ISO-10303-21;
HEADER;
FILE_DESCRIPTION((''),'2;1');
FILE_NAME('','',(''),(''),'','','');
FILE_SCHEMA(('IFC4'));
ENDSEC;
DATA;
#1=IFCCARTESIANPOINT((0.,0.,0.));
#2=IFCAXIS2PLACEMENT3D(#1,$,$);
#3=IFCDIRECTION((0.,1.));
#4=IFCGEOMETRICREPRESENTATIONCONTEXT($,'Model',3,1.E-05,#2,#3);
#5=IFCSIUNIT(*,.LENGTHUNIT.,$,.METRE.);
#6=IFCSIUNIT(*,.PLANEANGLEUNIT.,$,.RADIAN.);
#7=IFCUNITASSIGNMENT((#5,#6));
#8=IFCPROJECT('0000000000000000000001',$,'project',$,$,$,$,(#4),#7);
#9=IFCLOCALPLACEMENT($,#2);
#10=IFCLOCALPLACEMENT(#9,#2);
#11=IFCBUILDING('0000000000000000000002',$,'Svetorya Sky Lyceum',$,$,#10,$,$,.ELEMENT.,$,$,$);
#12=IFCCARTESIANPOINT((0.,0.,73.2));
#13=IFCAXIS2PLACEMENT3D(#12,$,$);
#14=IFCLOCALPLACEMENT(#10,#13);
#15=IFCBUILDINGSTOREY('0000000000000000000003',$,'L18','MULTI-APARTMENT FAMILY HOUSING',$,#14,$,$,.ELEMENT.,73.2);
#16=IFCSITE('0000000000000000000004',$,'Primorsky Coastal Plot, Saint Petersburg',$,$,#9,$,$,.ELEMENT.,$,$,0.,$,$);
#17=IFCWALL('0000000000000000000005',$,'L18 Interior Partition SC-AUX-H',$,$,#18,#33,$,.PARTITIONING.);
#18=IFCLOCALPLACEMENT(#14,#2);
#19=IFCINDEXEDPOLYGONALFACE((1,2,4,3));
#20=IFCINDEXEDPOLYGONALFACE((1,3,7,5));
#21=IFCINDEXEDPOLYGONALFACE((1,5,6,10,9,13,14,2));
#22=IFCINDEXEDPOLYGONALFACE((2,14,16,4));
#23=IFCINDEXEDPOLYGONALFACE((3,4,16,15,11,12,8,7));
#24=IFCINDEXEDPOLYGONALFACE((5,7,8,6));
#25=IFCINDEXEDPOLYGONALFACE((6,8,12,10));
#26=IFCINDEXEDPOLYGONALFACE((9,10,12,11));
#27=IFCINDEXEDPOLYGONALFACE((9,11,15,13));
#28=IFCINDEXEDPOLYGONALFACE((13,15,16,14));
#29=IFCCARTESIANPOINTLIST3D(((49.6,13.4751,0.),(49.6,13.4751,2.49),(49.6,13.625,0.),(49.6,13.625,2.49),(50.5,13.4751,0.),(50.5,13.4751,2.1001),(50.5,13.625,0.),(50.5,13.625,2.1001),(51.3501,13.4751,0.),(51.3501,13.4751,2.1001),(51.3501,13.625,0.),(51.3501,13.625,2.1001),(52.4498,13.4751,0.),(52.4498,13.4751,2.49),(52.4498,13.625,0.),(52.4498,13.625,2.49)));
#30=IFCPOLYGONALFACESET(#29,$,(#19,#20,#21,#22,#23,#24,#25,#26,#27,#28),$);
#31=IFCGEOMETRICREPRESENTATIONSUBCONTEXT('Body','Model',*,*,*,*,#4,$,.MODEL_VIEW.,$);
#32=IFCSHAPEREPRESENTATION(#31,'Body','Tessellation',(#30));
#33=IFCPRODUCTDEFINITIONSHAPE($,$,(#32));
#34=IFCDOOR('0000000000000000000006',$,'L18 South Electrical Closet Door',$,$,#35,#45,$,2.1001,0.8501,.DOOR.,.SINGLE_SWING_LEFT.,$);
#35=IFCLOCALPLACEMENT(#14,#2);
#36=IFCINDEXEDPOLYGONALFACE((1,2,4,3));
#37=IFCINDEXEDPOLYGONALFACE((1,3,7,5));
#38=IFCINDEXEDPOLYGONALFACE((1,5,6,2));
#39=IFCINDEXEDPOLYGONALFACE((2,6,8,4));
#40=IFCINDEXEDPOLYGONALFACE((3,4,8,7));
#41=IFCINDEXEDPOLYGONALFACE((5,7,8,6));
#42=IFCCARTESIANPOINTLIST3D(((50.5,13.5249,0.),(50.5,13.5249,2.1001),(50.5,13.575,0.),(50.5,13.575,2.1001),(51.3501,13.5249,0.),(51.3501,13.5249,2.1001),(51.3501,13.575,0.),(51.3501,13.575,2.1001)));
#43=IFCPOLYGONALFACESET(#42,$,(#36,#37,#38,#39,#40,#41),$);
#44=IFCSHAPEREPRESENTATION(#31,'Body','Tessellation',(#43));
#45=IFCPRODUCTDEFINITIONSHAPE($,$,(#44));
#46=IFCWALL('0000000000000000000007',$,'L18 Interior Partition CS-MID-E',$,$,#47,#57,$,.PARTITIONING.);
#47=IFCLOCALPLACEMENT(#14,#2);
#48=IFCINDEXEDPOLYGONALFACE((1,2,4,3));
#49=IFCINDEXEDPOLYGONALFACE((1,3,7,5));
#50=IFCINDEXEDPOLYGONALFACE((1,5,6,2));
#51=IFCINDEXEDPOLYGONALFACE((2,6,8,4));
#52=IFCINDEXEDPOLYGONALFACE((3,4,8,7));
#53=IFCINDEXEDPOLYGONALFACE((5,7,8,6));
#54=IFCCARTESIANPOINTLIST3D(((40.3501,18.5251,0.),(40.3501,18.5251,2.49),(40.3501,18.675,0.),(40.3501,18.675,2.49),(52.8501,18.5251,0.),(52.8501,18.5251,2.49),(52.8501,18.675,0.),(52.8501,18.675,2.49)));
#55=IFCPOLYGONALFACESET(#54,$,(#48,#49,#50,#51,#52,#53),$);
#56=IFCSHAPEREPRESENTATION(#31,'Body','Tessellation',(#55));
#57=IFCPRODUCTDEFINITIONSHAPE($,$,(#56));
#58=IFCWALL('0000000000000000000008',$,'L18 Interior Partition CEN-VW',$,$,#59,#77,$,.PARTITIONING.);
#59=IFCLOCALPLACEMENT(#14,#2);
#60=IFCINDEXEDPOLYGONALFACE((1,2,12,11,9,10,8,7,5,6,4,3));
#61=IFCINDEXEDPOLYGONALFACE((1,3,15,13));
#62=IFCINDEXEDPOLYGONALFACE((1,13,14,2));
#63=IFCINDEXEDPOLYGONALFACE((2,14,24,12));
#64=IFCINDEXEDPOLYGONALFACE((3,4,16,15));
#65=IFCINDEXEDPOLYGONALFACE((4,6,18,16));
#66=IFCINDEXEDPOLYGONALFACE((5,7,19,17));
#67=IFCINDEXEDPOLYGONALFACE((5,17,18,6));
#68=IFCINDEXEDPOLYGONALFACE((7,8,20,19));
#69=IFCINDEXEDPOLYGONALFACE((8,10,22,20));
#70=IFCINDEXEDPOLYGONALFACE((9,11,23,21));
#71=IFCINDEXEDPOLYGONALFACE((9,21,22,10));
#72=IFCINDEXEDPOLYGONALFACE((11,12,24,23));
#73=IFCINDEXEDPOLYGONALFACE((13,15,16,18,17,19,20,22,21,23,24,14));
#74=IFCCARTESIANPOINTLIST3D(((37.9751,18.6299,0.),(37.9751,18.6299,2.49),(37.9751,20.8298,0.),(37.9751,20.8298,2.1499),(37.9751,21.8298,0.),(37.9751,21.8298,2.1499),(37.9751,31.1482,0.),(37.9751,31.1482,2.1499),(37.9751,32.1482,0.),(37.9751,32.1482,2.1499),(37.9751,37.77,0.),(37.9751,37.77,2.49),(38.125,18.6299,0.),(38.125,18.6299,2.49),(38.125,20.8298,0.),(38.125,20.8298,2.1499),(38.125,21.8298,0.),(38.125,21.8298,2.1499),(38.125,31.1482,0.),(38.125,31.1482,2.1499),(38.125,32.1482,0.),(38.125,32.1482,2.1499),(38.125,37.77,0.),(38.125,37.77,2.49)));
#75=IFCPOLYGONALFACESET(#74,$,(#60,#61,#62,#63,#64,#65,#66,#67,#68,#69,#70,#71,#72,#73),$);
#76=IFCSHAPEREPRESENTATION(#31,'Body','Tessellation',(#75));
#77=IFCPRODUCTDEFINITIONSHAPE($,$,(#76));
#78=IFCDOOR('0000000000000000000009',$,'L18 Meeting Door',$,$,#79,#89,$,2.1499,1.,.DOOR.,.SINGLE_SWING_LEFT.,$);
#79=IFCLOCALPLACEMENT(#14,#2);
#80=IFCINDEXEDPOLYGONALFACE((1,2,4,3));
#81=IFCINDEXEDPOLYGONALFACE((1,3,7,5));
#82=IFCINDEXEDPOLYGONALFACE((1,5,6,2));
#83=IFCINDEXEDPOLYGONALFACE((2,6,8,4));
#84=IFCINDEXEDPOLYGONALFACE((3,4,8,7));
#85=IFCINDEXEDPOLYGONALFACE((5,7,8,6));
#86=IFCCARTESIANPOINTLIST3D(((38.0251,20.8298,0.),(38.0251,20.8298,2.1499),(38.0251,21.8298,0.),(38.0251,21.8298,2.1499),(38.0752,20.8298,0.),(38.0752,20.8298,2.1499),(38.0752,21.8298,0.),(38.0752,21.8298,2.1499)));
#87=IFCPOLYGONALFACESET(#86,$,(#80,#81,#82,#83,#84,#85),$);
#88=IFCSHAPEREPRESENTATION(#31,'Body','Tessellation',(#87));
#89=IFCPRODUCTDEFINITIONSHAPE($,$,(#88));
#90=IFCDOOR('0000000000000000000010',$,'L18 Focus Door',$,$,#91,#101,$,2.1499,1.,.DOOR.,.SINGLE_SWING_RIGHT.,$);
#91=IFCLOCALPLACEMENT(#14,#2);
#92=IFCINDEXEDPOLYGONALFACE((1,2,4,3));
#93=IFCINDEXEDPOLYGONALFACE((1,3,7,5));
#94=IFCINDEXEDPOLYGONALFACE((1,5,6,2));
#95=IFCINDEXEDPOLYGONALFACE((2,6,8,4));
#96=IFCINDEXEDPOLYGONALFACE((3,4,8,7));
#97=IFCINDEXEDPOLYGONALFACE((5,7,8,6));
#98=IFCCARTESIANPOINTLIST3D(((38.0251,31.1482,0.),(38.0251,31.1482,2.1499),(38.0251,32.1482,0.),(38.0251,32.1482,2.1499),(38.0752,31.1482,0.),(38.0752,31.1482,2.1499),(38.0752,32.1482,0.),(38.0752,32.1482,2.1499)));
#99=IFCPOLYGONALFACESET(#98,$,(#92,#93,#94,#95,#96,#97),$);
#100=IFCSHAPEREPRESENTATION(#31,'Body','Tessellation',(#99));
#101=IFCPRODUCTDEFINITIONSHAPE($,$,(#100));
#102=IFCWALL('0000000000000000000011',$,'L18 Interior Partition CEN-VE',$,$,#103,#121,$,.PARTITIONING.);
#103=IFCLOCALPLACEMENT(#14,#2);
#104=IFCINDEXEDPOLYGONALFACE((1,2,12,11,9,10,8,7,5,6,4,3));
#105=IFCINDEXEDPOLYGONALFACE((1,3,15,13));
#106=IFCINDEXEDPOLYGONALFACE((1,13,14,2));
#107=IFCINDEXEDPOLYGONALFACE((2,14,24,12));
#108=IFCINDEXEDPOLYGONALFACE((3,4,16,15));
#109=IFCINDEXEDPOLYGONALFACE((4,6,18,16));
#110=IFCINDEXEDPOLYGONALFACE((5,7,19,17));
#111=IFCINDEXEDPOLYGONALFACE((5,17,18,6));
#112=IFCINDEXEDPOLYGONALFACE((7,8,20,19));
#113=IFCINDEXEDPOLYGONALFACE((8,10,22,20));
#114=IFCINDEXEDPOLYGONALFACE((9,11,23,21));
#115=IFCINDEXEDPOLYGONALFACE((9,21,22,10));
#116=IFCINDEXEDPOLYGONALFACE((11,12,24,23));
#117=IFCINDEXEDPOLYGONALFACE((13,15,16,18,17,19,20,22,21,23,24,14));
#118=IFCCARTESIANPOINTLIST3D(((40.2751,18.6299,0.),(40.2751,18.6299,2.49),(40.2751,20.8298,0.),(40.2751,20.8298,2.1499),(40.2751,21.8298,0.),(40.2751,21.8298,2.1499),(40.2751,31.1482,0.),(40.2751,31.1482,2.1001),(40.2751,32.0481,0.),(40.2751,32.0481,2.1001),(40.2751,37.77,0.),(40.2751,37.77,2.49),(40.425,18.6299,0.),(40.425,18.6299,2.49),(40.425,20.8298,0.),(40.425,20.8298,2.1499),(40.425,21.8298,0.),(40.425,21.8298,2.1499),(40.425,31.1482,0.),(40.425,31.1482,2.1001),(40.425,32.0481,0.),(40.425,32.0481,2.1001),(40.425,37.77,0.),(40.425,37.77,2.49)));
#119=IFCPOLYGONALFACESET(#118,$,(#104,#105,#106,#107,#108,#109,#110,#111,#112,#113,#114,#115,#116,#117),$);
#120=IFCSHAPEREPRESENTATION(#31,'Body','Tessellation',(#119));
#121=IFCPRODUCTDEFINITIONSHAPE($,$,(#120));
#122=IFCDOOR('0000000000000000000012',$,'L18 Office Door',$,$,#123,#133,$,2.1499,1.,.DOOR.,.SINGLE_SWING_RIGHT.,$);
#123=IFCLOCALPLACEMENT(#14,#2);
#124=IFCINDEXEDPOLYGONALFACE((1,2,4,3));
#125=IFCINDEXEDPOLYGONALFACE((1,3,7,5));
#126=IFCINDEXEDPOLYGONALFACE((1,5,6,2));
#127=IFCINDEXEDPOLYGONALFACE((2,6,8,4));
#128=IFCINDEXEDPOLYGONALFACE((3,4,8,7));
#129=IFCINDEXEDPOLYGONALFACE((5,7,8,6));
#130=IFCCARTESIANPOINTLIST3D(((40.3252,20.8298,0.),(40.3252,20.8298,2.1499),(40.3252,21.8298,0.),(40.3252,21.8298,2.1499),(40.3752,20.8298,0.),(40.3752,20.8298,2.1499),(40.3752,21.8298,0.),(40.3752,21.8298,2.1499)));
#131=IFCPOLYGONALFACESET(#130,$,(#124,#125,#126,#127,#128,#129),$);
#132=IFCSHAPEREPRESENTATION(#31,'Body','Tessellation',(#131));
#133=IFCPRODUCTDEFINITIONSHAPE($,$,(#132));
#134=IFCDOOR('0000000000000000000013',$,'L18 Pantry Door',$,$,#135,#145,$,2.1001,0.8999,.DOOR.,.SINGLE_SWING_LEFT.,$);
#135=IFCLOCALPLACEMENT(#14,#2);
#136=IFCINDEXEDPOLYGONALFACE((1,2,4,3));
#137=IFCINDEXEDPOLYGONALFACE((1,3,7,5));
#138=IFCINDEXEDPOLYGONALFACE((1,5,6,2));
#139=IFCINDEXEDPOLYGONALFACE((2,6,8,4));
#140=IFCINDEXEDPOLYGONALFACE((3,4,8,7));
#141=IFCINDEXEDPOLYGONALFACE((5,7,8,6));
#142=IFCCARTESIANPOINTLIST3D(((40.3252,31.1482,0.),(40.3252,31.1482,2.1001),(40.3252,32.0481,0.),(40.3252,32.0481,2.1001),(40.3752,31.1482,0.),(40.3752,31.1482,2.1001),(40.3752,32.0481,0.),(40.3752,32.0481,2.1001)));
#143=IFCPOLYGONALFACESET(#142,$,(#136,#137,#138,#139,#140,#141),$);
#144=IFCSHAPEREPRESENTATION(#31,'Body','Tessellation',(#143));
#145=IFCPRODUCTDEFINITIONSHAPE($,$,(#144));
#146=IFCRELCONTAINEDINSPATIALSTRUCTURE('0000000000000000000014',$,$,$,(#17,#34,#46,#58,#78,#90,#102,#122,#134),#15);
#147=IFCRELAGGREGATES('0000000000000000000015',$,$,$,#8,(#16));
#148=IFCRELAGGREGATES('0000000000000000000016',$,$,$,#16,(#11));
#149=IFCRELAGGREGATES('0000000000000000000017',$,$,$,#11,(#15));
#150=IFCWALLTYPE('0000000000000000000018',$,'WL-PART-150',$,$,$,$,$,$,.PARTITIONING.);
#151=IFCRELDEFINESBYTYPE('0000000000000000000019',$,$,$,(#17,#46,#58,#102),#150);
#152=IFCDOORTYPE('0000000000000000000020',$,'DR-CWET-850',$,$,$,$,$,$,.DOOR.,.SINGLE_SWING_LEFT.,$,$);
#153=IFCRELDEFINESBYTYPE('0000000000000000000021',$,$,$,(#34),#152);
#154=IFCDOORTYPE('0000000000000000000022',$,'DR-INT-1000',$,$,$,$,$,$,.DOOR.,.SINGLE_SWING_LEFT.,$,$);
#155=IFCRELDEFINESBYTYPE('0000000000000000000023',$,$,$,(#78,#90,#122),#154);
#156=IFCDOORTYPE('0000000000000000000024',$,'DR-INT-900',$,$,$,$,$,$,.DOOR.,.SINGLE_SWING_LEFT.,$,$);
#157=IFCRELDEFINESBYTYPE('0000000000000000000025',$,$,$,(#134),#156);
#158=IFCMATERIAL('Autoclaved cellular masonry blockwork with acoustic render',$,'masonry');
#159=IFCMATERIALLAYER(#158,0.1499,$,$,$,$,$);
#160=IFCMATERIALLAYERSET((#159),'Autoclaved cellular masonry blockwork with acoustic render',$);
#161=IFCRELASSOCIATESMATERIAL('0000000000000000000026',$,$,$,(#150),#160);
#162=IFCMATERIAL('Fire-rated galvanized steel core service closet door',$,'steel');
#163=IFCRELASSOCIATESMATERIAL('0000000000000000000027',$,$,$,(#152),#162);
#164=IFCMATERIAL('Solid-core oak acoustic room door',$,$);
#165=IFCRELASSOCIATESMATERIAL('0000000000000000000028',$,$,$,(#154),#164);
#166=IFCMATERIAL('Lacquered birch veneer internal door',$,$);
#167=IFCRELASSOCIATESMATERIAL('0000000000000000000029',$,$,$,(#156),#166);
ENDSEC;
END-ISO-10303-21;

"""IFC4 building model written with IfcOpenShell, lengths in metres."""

from ifc_helpers import new_model, si_unit, direction, frame, frame_2d, origin, place, context, subcontext, project, spatial, rectangle, extrude, material, layer, layer_set, type_object, element, fill, save


model = new_model("IFC4")

# Units and contexts
model_context = context("Model", 3, precision=1e-05, world=origin(), true_north=direction((0.0, 1.0)))
body_context = subcontext(model_context, "Body", "Model", "MODEL_VIEW")
ifc_project = project(units=[si_unit("LENGTHUNIT", "METRE"), si_unit("PLANEANGLEUNIT", "RADIAN")], contexts=[model_context])

# Site, building, storey
site_placement = place(None, origin())
site = spatial("IfcSite", under=ifc_project, at=site_placement, Name="Primorsky Coastal Plot, Saint Petersburg", CompositionType="ELEMENT", RefElevation=0.0)
building_placement = place(site_placement, origin())
building = spatial("IfcBuilding", under=site, at=building_placement, Name="Svetorya Sky Lyceum", CompositionType="ELEMENT")
storey_placement = place(building_placement, frame((0.0, 0.0, 73.2)))
storey = spatial("IfcBuildingStorey", under=building, at=storey_placement, Name="L18", Description="MULTI-APARTMENT FAMILY HOUSING", CompositionType="ELEMENT", Elevation=73.2)

# Shared definitions
ifc_material_1 = material(Name="Autoclaved cellular masonry blockwork with acoustic render", Category="masonry")
ifc_layer_1 = layer(ifc_material_1, 0.1499)
ifc_layer_set_1 = layer_set([ifc_layer_1], Name="Autoclaved cellular masonry blockwork with acoustic render")
wall_type_1 = type_object("IfcWallType", Name="WL-PART-150", PredefinedType="PARTITIONING", material=ifc_layer_set_1)

# Wall, opening, door
wall_1_placement = place(storey_placement, frame((49.6001, 13.55, 0.0), z_axis=(0.0, 0.0, 1.0), x_axis=(1.0, 0.0, 0.0)))
wall_1 = element("IfcWall", 1, at=wall_1_placement, inside=storey, type_object=wall_type_1, Name="L18 Interior Partition SC-AUX-H", PredefinedType="PARTITIONING", context=body_context, shape_type="SweptSolid", body=[
    extrude(rectangle(XDim=2.8499, YDim=0.1499, at=frame_2d((1.4248, 0.0))), origin(), (0.0, 0.0, 1.0), 2.49),
])
opening_1_placement = place(wall_1_placement, frame((0.8999, 0.0, 0.0)))
opening_1 = element("IfcOpeningElement", 2, at=opening_1_placement, cuts=wall_1, PredefinedType="OPENING", context=body_context, shape_type="SweptSolid", body=[
    extrude(rectangle(XDim=0.8501, YDim=2.1001, at=frame_2d((0.425, 1.05))), frame((0.0, 0.085, 0.0), z_axis=(0.0, -1.0, 0.0), x_axis=(1.0, 0.0, 0.0)), (0.0, 0.0, 1.0), 0.1699),
])
ifc_material_2 = material(Name="Fire-rated galvanized steel core service closet door", Category="steel")
door_type_1 = type_object("IfcDoorType", Name="DR-CWET-850", OperationType="SINGLE_SWING_LEFT", PredefinedType="DOOR", material=ifc_material_2)
door_1_placement = place(opening_1_placement, origin())
door_1 = element("IfcDoor", 3, at=door_1_placement, inside=storey, type_object=door_type_1, Name="L18 South Electrical Closet Door", OperationType="SINGLE_SWING_LEFT", OverallHeight=2.1001, OverallWidth=0.8501, PredefinedType="DOOR", context=body_context, shape_type="SweptSolid", body=[
    extrude(rectangle(XDim=0.8501, YDim=2.1001, at=frame_2d((0.425, 1.05))), frame((0.0, 0.0249, 0.0), z_axis=(0.0, -1.0, 0.0), x_axis=(1.0, 0.0, 0.0)), (0.0, 0.0, 1.0), 0.05),
])
fill(opening_1, door_1)

# Wall
wall_2_placement = place(storey_placement, frame((40.3501, 18.6001, 0.0), z_axis=(0.0, 0.0, 1.0), x_axis=(1.0, 0.0, 0.0)))
element("IfcWall", 4, at=wall_2_placement, inside=storey, type_object=wall_type_1, Name="L18 Interior Partition CS-MID-E", PredefinedType="PARTITIONING", context=body_context, shape_type="SweptSolid", body=[
    extrude(rectangle(XDim=12.5, YDim=0.1499, at=frame_2d((6.25, 0.0))), origin(), (0.0, 0.0, 1.0), 2.49),
])

# Walls, openings, doors
wall_3_placement = place(storey_placement, frame((38.05, 18.6299, 0.0), z_axis=(0.0, 0.0, 1.0), x_axis=(0.0, 1.0, 0.0)))
wall_3 = element("IfcWall", 5, at=wall_3_placement, inside=storey, type_object=wall_type_1, Name="L18 Interior Partition CEN-VW", PredefinedType="PARTITIONING", context=body_context, shape_type="SweptSolid", body=[
    extrude(rectangle(XDim=19.1401, YDim=0.1499, at=frame_2d((9.5701, 0.0))), origin(), (0.0, 0.0, 1.0), 2.49),
])
opening_2_placement = place(wall_3_placement, frame((2.2, 0.0, 0.0)))
opening_2 = element("IfcOpeningElement", 6, at=opening_2_placement, cuts=wall_3, PredefinedType="OPENING", context=body_context, shape_type="SweptSolid", body=[
    extrude(rectangle(XDim=1.0, YDim=2.1499, at=frame_2d((0.5, 1.075))), frame((0.0, 0.085, 0.0), z_axis=(0.0, -1.0, 0.0), x_axis=(1.0, 0.0, 0.0)), (0.0, 0.0, 1.0), 0.1699),
])
opening_3_placement = place(wall_3_placement, frame((12.5183, 0.0, 0.0)))
opening_3 = element("IfcOpeningElement", 7, at=opening_3_placement, cuts=wall_3, PredefinedType="OPENING", context=body_context, shape_type="SweptSolid", body=[
    extrude(rectangle(XDim=1.0, YDim=2.1499, at=frame_2d((0.5, 1.075))), frame((0.0, 0.085, 0.0), z_axis=(0.0, -1.0, 0.0), x_axis=(1.0, 0.0, 0.0)), (0.0, 0.0, 1.0), 0.1699),
])
ifc_material_3 = material(Name="Solid-core oak acoustic room door")
door_type_2 = type_object("IfcDoorType", Name="DR-INT-1000", OperationType="SINGLE_SWING_LEFT", PredefinedType="DOOR", material=ifc_material_3)
door_2_placement = place(opening_2_placement, origin())
door_2 = element("IfcDoor", 8, at=door_2_placement, inside=storey, type_object=door_type_2, Name="L18 Meeting Door", OperationType="SINGLE_SWING_LEFT", OverallHeight=2.1499, OverallWidth=1.0, PredefinedType="DOOR", context=body_context, shape_type="SweptSolid", body=[
    extrude(rectangle(XDim=1.0, YDim=2.1499, at=frame_2d((0.5, 1.075))), frame((0.0, 0.0249, 0.0), z_axis=(0.0, -1.0, 0.0), x_axis=(1.0, 0.0, 0.0)), (0.0, 0.0, 1.0), 0.05),
])
fill(opening_2, door_2)
door_3_placement = place(opening_3_placement, origin())
door_3 = element("IfcDoor", 9, at=door_3_placement, inside=storey, type_object=door_type_2, Name="L18 Focus Door", OperationType="SINGLE_SWING_RIGHT", OverallHeight=2.1499, OverallWidth=1.0, PredefinedType="DOOR", context=body_context, shape_type="SweptSolid", body=[
    extrude(rectangle(XDim=1.0, YDim=2.1499, at=frame_2d((0.5, 1.075))), frame((0.0, 0.0249, 0.0), z_axis=(0.0, -1.0, 0.0), x_axis=(1.0, 0.0, 0.0)), (0.0, 0.0, 1.0), 0.05),
])
fill(opening_3, door_3)
wall_4_placement = place(storey_placement, frame((40.3501, 18.6299, 0.0), z_axis=(0.0, 0.0, 1.0), x_axis=(0.0, 1.0, 0.0)))
wall_4 = element("IfcWall", 10, at=wall_4_placement, inside=storey, type_object=wall_type_1, Name="L18 Interior Partition CEN-VE", PredefinedType="PARTITIONING", context=body_context, shape_type="SweptSolid", body=[
    extrude(rectangle(XDim=19.1401, YDim=0.1499, at=frame_2d((9.5701, 0.0))), origin(), (0.0, 0.0, 1.0), 2.49),
])
opening_4_placement = place(wall_4_placement, frame((2.2, 0.0, 0.0)))
opening_4 = element("IfcOpeningElement", 11, at=opening_4_placement, cuts=wall_4, PredefinedType="OPENING", context=body_context, shape_type="SweptSolid", body=[
    extrude(rectangle(XDim=1.0, YDim=2.1499, at=frame_2d((0.5, 1.075))), frame((0.0, 0.085, 0.0), z_axis=(0.0, -1.0, 0.0), x_axis=(1.0, 0.0, 0.0)), (0.0, 0.0, 1.0), 0.1699),
])
opening_5_placement = place(wall_4_placement, frame((12.5183, 0.0, 0.0)))
opening_5 = element("IfcOpeningElement", 12, at=opening_5_placement, cuts=wall_4, PredefinedType="OPENING", context=body_context, shape_type="SweptSolid", body=[
    extrude(rectangle(XDim=0.8999, YDim=2.1001, at=frame_2d((0.45, 1.05))), frame((0.0, 0.085, 0.0), z_axis=(0.0, -1.0, 0.0), x_axis=(1.0, 0.0, 0.0)), (0.0, 0.0, 1.0), 0.1699),
])
door_4_placement = place(opening_4_placement, origin())
door_4 = element("IfcDoor", 13, at=door_4_placement, inside=storey, type_object=door_type_2, Name="L18 Office Door", OperationType="SINGLE_SWING_RIGHT", OverallHeight=2.1499, OverallWidth=1.0, PredefinedType="DOOR", context=body_context, shape_type="SweptSolid", body=[
    extrude(rectangle(XDim=1.0, YDim=2.1499, at=frame_2d((0.5, 1.075))), frame((0.0, 0.0249, 0.0), z_axis=(0.0, -1.0, 0.0), x_axis=(1.0, 0.0, 0.0)), (0.0, 0.0, 1.0), 0.05),
])
fill(opening_4, door_4)
ifc_material_4 = material(Name="Lacquered birch veneer internal door")
door_type_3 = type_object("IfcDoorType", Name="DR-INT-900", OperationType="SINGLE_SWING_LEFT", PredefinedType="DOOR", material=ifc_material_4)
door_5_placement = place(opening_5_placement, origin())
door_5 = element("IfcDoor", 14, at=door_5_placement, inside=storey, type_object=door_type_3, Name="L18 Pantry Door", OperationType="SINGLE_SWING_LEFT", OverallHeight=2.1001, OverallWidth=0.8999, PredefinedType="DOOR", context=body_context, shape_type="SweptSolid", body=[
    extrude(rectangle(XDim=0.8999, YDim=2.1001, at=frame_2d((0.45, 1.05))), frame((0.0, 0.0249, 0.0), z_axis=(0.0, -1.0, 0.0), x_axis=(1.0, 0.0, 0.0)), (0.0, 0.0, 1.0), 0.05),
])
fill(opening_5, door_5)

save(model, "model.ifc")
